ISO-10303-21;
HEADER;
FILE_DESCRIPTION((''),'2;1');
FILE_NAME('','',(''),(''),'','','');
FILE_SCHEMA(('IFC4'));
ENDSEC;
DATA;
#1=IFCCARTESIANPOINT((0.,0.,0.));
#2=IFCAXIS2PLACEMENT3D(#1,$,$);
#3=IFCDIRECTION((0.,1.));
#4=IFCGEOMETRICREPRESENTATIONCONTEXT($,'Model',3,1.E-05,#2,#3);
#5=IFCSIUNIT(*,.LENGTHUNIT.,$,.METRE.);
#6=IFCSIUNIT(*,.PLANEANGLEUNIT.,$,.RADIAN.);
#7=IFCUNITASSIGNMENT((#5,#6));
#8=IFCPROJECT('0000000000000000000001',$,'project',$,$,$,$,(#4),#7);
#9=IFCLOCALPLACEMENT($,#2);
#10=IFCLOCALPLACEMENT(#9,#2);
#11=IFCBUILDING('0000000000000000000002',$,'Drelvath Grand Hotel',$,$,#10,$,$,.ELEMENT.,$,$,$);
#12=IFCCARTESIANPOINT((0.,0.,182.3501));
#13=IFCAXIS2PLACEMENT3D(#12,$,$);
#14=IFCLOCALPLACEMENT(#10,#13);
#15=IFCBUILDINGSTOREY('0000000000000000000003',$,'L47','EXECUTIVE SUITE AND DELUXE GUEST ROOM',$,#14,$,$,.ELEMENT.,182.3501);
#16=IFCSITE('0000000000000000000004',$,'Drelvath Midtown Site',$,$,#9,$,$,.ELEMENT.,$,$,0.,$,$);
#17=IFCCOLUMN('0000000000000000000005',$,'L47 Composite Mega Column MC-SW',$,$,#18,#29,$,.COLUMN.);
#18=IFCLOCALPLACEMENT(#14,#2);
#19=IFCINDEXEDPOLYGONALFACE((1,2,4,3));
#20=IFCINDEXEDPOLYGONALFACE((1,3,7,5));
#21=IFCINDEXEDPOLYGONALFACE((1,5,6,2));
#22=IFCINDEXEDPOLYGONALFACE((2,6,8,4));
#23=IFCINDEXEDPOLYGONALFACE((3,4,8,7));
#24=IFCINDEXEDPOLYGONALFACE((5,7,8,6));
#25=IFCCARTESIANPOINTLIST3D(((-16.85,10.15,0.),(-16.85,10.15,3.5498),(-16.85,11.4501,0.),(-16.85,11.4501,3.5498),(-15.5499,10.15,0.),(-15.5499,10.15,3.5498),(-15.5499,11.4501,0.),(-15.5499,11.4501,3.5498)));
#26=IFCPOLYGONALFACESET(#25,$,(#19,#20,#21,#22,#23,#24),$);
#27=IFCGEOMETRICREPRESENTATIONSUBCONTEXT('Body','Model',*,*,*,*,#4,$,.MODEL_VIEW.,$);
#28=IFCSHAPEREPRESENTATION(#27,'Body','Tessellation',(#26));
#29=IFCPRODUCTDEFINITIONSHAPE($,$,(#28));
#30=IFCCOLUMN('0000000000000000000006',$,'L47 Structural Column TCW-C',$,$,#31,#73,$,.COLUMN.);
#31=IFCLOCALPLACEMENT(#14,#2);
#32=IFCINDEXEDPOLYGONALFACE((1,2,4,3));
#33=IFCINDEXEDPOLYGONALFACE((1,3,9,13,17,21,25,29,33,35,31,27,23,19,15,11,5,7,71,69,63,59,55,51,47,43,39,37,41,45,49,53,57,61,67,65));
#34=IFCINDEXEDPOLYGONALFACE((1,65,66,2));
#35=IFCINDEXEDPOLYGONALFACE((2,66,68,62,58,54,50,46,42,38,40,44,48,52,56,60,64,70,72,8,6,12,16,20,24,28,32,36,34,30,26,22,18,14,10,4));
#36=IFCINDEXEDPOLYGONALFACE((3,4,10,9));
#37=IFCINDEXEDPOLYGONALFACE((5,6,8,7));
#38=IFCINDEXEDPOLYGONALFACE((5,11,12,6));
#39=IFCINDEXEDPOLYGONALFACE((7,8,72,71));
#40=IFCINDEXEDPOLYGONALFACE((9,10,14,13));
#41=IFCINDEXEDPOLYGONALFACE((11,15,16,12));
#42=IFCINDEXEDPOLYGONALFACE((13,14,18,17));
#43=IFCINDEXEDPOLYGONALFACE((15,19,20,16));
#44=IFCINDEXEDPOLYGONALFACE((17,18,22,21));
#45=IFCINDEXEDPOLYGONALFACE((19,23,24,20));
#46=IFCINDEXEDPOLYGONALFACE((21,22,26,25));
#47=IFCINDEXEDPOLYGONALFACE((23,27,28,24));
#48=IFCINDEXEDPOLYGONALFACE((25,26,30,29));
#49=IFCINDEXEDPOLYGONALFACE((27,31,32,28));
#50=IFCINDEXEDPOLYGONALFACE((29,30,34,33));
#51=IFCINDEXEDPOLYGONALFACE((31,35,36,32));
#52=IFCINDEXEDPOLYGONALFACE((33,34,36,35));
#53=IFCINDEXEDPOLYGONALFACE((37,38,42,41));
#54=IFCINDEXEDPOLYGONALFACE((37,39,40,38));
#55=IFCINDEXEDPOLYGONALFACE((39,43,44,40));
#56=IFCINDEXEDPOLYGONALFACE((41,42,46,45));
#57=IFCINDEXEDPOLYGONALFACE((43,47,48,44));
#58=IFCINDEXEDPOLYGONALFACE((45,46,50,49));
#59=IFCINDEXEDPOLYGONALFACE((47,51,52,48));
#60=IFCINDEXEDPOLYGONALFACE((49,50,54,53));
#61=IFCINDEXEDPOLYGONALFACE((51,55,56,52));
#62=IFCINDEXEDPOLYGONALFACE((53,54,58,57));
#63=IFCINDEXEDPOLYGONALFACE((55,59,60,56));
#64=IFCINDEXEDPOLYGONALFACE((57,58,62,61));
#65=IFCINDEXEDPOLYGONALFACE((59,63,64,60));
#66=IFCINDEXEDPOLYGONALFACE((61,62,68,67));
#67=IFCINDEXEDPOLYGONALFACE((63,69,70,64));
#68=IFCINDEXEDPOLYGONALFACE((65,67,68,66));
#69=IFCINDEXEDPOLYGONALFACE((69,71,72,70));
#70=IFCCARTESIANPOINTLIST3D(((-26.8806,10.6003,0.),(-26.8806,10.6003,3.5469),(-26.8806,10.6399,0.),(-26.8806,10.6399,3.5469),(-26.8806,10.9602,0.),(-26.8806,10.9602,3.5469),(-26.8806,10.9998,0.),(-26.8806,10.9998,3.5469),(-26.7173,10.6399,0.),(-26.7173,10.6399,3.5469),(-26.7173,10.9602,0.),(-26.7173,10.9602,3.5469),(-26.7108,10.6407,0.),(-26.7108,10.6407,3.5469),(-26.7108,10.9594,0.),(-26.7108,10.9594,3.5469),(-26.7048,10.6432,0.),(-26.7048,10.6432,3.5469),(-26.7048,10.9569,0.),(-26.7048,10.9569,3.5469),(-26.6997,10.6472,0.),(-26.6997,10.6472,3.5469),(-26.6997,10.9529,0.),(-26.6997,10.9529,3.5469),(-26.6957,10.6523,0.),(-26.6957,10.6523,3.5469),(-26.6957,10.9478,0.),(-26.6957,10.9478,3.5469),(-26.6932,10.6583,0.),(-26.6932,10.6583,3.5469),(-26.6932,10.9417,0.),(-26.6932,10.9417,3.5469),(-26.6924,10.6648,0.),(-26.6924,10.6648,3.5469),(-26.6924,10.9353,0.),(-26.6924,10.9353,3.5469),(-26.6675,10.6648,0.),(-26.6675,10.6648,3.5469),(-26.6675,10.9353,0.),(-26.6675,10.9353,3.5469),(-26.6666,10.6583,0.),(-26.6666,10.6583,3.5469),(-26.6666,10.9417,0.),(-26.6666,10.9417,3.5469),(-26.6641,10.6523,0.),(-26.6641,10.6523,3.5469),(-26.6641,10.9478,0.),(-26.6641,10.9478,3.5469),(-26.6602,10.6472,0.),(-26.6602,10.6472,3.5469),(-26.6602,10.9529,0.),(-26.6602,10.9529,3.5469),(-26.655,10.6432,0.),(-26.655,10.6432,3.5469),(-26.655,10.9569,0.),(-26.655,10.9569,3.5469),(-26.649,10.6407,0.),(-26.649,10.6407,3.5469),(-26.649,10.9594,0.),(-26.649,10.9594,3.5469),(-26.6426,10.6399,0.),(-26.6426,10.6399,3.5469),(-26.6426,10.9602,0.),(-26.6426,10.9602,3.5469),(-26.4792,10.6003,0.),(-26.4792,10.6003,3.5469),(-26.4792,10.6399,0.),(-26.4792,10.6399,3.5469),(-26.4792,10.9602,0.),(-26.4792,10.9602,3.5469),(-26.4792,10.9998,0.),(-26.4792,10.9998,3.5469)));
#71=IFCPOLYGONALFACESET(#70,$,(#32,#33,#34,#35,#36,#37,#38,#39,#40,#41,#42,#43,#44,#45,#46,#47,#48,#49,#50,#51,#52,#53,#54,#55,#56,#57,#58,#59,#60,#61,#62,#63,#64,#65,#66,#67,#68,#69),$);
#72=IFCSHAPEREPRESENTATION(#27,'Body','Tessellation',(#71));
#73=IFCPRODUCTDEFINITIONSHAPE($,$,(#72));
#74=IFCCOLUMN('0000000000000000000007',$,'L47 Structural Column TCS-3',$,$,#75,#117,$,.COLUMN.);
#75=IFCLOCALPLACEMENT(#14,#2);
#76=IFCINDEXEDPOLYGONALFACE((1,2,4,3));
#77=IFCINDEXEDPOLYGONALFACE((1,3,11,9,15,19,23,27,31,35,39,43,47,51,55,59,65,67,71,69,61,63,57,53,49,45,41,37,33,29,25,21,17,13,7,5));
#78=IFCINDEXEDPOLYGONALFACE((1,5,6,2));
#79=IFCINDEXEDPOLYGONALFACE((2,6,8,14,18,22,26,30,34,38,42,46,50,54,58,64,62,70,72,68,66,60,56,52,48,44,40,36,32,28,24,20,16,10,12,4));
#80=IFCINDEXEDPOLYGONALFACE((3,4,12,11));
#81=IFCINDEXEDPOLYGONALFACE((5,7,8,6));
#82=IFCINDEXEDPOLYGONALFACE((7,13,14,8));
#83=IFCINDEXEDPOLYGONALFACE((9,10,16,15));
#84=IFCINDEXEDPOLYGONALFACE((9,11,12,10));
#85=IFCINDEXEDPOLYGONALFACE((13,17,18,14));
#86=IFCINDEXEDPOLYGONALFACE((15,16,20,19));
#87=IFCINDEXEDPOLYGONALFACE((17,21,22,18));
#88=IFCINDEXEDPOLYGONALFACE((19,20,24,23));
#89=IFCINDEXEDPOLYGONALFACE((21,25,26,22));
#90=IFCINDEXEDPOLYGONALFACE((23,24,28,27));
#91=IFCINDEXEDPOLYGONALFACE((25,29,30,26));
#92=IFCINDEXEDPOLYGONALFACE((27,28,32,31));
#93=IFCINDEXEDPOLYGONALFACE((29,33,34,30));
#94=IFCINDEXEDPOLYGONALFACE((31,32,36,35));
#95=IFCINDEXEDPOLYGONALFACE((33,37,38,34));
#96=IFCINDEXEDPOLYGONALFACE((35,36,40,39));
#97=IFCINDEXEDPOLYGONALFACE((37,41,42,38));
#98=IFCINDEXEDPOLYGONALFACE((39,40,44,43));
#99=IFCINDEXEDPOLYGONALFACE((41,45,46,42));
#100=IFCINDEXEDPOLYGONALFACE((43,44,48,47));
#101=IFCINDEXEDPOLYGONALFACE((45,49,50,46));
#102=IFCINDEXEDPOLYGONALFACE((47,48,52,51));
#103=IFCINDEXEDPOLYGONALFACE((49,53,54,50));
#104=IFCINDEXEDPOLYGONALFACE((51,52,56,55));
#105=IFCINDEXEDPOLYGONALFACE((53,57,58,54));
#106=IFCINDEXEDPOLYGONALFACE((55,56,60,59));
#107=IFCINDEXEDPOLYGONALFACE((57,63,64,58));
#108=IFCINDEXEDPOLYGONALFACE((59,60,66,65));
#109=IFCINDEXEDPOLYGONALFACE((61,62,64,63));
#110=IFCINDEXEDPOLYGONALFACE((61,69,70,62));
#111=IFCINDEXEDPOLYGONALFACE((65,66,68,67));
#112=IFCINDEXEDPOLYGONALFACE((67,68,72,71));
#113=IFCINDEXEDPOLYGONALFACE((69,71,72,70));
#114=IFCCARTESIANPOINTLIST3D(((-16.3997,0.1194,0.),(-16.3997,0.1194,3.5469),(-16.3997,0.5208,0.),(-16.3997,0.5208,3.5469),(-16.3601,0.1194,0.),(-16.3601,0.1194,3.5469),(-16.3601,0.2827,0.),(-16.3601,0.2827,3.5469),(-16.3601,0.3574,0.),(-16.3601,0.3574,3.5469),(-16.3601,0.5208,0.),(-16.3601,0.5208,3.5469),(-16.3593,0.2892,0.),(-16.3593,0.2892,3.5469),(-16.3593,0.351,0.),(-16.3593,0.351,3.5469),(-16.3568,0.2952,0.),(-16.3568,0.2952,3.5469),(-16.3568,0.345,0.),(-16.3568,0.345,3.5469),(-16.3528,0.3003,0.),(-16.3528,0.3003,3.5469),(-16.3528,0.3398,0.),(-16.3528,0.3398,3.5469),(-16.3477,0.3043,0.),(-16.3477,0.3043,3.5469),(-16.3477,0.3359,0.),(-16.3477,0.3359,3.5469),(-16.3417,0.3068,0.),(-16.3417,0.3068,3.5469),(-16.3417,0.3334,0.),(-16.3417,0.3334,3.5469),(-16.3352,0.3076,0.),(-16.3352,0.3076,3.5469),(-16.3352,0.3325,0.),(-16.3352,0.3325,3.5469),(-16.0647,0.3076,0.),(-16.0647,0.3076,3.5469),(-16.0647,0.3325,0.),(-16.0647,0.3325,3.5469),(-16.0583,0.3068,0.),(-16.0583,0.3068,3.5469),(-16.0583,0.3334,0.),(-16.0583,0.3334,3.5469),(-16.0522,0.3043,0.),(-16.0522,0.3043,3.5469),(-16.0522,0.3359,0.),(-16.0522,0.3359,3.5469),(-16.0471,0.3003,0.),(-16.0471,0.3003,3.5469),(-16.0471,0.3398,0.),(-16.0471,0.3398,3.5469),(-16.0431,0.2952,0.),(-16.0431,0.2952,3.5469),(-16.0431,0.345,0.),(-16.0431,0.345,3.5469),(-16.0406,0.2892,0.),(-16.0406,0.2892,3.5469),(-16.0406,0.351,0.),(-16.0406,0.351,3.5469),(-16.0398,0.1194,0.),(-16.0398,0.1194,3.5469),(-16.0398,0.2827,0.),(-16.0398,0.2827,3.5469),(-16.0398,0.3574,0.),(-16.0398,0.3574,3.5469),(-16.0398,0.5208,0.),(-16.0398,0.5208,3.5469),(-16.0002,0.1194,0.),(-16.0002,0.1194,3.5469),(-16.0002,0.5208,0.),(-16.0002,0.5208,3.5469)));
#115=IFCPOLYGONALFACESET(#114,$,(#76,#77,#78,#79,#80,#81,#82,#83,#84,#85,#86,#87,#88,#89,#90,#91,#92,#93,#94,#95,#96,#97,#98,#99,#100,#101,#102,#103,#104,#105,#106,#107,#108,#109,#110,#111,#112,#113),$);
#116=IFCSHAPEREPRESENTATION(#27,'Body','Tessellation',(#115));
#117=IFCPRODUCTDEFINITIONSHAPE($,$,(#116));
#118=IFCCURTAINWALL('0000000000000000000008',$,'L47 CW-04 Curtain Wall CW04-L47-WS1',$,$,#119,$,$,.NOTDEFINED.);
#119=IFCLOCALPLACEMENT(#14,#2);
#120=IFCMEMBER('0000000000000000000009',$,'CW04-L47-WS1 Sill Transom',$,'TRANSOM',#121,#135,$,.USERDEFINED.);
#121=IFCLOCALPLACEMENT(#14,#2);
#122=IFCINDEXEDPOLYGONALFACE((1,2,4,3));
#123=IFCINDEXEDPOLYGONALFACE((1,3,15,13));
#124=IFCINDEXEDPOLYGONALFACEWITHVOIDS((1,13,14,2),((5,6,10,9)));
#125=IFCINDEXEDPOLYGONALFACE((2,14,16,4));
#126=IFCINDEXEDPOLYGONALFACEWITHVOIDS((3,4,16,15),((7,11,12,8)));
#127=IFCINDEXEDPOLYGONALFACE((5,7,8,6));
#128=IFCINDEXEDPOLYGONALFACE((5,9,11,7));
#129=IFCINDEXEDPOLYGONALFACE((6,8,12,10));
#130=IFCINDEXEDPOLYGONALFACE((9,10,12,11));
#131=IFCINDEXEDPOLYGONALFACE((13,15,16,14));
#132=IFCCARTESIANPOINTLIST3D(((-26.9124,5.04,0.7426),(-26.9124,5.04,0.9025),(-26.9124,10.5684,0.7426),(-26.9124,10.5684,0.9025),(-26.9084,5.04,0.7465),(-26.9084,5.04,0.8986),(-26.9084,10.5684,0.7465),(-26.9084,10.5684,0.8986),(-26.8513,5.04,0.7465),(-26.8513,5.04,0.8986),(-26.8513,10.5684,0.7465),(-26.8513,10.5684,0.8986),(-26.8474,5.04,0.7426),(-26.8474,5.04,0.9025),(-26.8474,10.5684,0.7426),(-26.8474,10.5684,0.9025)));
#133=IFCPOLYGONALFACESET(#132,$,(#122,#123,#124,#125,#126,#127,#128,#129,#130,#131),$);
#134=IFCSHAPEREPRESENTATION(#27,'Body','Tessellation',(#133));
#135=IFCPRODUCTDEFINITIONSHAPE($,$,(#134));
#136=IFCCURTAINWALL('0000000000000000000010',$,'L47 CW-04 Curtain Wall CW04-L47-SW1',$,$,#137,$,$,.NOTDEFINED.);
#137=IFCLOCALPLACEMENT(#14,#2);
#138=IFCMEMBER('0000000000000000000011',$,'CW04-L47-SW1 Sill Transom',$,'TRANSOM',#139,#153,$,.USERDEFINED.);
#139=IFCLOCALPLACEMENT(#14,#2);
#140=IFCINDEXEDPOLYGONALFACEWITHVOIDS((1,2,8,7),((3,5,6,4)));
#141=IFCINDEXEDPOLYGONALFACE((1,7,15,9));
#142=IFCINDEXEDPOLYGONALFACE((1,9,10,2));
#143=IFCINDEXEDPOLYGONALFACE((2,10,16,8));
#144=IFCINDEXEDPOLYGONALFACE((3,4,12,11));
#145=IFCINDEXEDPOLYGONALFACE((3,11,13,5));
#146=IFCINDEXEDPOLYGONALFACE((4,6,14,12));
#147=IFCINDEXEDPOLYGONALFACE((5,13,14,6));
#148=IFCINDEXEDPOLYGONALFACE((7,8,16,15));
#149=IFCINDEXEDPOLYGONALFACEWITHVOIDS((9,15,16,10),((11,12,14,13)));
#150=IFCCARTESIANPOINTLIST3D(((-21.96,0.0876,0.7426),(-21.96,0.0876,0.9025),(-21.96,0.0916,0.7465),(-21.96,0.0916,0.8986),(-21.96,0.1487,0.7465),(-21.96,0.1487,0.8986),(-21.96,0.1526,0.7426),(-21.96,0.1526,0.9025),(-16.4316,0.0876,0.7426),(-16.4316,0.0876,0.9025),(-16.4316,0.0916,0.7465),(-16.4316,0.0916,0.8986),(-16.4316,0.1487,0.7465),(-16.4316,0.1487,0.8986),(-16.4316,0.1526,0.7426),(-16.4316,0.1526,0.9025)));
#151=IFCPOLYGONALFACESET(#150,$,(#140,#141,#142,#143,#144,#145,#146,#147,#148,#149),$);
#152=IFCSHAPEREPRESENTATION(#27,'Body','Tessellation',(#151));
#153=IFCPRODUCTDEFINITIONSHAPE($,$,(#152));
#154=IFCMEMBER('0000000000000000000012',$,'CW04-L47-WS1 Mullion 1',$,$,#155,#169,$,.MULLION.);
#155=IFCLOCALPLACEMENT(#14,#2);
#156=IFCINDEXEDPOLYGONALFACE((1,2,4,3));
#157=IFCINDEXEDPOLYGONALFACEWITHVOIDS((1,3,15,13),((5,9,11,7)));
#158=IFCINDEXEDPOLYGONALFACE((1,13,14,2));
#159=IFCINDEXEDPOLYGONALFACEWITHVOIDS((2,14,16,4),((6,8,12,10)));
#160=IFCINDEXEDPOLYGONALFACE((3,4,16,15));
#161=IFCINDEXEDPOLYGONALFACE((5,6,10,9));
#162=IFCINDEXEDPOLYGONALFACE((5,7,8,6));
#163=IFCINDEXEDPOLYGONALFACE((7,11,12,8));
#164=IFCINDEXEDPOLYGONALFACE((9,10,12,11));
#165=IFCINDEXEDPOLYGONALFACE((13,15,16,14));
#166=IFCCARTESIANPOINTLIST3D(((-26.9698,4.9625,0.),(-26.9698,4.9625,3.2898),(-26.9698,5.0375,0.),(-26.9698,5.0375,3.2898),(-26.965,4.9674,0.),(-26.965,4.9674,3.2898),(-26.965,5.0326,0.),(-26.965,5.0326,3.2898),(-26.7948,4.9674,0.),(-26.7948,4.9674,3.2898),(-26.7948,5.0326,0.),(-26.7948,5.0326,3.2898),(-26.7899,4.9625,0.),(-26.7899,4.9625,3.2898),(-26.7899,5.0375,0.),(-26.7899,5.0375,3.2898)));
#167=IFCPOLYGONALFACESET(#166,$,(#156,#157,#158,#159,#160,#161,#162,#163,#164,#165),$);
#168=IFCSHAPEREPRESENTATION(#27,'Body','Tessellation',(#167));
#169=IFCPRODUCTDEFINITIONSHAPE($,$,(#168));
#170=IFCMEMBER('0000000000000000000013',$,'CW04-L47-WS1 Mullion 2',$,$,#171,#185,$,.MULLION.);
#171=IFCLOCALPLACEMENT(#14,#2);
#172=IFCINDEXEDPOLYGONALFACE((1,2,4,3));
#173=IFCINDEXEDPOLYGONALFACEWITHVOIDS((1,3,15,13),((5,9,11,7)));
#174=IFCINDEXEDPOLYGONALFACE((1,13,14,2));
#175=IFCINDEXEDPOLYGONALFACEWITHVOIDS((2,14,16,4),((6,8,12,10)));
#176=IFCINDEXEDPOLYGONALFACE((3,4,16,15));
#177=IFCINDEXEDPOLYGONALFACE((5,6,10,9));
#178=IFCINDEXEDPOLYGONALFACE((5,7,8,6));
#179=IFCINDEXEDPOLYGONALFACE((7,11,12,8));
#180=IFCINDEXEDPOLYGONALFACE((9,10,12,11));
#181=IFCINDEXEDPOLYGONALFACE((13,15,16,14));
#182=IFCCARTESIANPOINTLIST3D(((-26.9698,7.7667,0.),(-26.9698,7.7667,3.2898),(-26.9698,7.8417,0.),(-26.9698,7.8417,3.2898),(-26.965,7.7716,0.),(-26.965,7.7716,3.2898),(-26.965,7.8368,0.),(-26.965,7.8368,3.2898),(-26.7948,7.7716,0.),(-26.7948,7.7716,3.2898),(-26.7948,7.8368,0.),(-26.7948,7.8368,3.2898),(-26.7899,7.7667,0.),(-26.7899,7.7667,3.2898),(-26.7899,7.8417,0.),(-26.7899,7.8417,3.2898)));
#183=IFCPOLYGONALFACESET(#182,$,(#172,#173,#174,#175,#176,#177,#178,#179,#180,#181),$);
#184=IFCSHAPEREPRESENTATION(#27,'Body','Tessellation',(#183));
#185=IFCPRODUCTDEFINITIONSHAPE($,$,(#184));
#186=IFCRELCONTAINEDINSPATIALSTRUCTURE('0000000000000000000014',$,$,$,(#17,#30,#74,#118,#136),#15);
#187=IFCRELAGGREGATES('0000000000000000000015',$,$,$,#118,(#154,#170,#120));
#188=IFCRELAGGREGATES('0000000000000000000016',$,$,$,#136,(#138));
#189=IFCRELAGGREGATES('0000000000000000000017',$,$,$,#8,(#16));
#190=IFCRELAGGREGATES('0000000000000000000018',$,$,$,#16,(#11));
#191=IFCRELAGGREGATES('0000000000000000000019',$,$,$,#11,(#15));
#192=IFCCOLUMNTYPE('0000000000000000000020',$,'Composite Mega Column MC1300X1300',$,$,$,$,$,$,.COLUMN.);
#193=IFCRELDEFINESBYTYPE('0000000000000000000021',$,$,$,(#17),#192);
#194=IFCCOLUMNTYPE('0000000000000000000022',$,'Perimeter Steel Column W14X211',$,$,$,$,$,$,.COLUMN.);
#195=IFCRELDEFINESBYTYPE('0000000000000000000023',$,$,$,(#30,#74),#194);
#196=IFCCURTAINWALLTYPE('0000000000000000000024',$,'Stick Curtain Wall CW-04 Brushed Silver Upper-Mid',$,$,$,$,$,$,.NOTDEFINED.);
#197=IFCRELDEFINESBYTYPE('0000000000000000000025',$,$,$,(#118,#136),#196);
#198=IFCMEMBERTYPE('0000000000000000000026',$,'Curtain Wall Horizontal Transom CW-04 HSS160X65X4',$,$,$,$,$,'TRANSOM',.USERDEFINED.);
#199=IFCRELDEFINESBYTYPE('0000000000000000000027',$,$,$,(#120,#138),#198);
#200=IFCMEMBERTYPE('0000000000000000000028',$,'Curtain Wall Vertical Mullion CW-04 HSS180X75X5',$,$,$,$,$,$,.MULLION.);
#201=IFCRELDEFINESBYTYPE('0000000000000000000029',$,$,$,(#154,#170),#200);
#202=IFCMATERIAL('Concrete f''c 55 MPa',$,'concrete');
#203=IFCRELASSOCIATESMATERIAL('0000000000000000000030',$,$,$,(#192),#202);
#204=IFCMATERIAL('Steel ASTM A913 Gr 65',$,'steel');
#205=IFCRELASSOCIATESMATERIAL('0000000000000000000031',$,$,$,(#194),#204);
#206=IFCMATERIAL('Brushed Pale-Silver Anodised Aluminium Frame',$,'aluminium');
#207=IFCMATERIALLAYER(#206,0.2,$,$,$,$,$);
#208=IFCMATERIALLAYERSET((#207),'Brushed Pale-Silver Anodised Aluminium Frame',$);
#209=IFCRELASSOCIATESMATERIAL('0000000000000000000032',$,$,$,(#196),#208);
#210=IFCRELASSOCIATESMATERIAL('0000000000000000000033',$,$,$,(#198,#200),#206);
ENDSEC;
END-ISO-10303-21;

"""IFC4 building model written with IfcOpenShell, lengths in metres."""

from ifc_helpers import new_model, si_unit, direction, frame, origin, origin_2d, place, context, subcontext, project, spatial, rectangle, hollow_rectangle, i_section, extrude, material, layer, layer_set, material_profile, profile_set, type_object, element, aggregate, save


model = new_model("IFC4")

# Units and contexts
model_context = context("Model", 3, precision=1e-05, world=origin(), true_north=direction((0.0, 1.0)))
body_context = subcontext(model_context, "Body", "Model", "MODEL_VIEW")
ifc_project = project(units=[si_unit("LENGTHUNIT", "METRE"), si_unit("PLANEANGLEUNIT", "RADIAN")], contexts=[model_context])

# Site, building, storey
site_placement = place(None, origin())
site = spatial("IfcSite", under=ifc_project, at=site_placement, Name="Drelvath Midtown Site", CompositionType="ELEMENT", RefElevation=0.0)
building_placement = place(site_placement, origin())
building = spatial("IfcBuilding", under=site, at=building_placement, Name="Drelvath Grand Hotel", CompositionType="ELEMENT")
storey_placement = place(building_placement, frame((0.0, 0.0, 182.3501)))
storey = spatial("IfcBuildingStorey", under=building, at=storey_placement, Name="L47", Description="EXECUTIVE SUITE AND DELUXE GUEST ROOM", CompositionType="ELEMENT", Elevation=182.3501)

# Columns
ifc_material_1 = material(Name="Concrete f'c 55 MPa", Category="concrete")
ifc_material_profile_1 = material_profile(ifc_material_1, rectangle(XDim=1.3, YDim=1.3, at=origin_2d()), Name="MC1300X1300")
ifc_profile_set_1 = profile_set([ifc_material_profile_1], Name="Concrete f'c 55 MPa")
column_type_1 = type_object("IfcColumnType", Name="Composite Mega Column MC1300X1300", PredefinedType="COLUMN", material=ifc_profile_set_1)
column_placement = place(storey_placement, frame((-16.2, 10.8, 0.0), z_axis=(0.0, 0.0, 1.0), x_axis=(1.0, 0.0, 0.0)))
element("IfcColumn", 1, at=column_placement, inside=storey, type_object=column_type_1, Name="L47 Composite Mega Column MC-SW", PredefinedType="COLUMN", context=body_context, shape_type="SweptSolid", body=[
    extrude(rectangle(XDim=1.3, YDim=1.3, at=origin_2d()), origin(), (0.0, 0.0, 1.0), 3.5498),
])
ifc_material_2 = material(Name="Steel ASTM A913 Gr 65", Category="steel")
ifc_material_profile_2 = material_profile(ifc_material_2, i_section(OverallWidth=0.4014, OverallDepth=0.3994, WebThickness=0.0249, FlangeThickness=0.0396, FilletRadius=0.0249, at=origin_2d()), Name="W14X211")
ifc_profile_set_2 = profile_set([ifc_material_profile_2], Name="Steel ASTM A913 Gr 65")
column_type_2 = type_object("IfcColumnType", Name="Perimeter Steel Column W14X211", PredefinedType="COLUMN", material=ifc_profile_set_2)
for number, where, z_axis, x_axis, name in (
    (2, (-26.6799, 10.8, 0.0), (0.0, 0.0, 1.0), (1.0, 0.0, 0.0), "L47 Structural Column TCW-C"),
    (3, (-16.2, 0.3201, 0.0), (0.0, 0.0, 1.0), (0.0, 1.0, 0.0), "L47 Structural Column TCS-3"),
):
    element("IfcColumn", number, at=place(storey_placement, frame(where, z_axis=z_axis, x_axis=x_axis)), inside=storey, type_object=column_type_2, Name=name, PredefinedType="COLUMN", context=body_context, shape_type="SweptSolid", body=[
        extrude(i_section(OverallWidth=0.4014, OverallDepth=0.3994, WebThickness=0.0249, FlangeThickness=0.0396, FilletRadius=0.0249, at=origin_2d()), origin(), (0.0, 0.0, 1.0), 3.5469),
    ])

# Curtain walls, members
ifc_material_3 = material(Name="Brushed Pale-Silver Anodised Aluminium Frame", Category="aluminium")
ifc_layer_1 = layer(ifc_material_3, 0.2)
ifc_layer_set_1 = layer_set([ifc_layer_1], Name="Brushed Pale-Silver Anodised Aluminium Frame")
curtain_wall_type = type_object("IfcCurtainWallType", Name="Stick Curtain Wall CW-04 Brushed Silver Upper-Mid", PredefinedType="NOTDEFINED", material=ifc_layer_set_1)
curtain_wall_1_placement = place(storey_placement, origin())
curtain_wall_1 = element("IfcCurtainWall", 4, at=curtain_wall_1_placement, inside=storey, type_object=curtain_wall_type, Name="L47 CW-04 Curtain Wall CW04-L47-WS1", PredefinedType="NOTDEFINED")
ifc_material_profile_3 = material_profile(ifc_material_3, hollow_rectangle(XDim=0.0649, YDim=0.1599, WallThickness=0.0039, at=origin_2d()), Name="HSS160X65X4")
ifc_profile_set_3 = profile_set([ifc_material_profile_3], Name="Brushed Pale-Silver Anodised Aluminium Frame")
member_type_1 = type_object("IfcMemberType", Name="Curtain Wall Horizontal Transom CW-04 HSS160X65X4", ElementType="TRANSOM", PredefinedType="USERDEFINED", material=ifc_profile_set_3)
member_1_placement = place(storey_placement, frame((-26.8799, 5.04, 0.8225), z_axis=(0.0, 1.0, 0.0), x_axis=(-1.0, 0.0, 0.0)))
member_1 = element("IfcMember", 5, at=member_1_placement, type_object=member_type_1, Name="CW04-L47-WS1 Sill Transom", ObjectType="TRANSOM", PredefinedType="USERDEFINED", context=body_context, shape_type="SweptSolid", body=[
    extrude(hollow_rectangle(XDim=0.0649, YDim=0.1599, WallThickness=0.0039, at=origin_2d()), origin(), (0.0, 0.0, 1.0), 5.5283),
])
curtain_wall_2_placement = place(storey_placement, origin())
curtain_wall_2 = element("IfcCurtainWall", 6, at=curtain_wall_2_placement, inside=storey, type_object=curtain_wall_type, Name="L47 CW-04 Curtain Wall CW04-L47-SW1", PredefinedType="NOTDEFINED")
member_2_placement = place(storey_placement, frame((-16.4316, 0.1201, 0.8225), z_axis=(-1.0, 0.0, 0.0), x_axis=(0.0, -1.0, 0.0)))
member_2 = element("IfcMember", 7, at=member_2_placement, type_object=member_type_1, Name="CW04-L47-SW1 Sill Transom", ObjectType="TRANSOM", PredefinedType="USERDEFINED", context=body_context, shape_type="SweptSolid", body=[
    extrude(hollow_rectangle(XDim=0.0649, YDim=0.1599, WallThickness=0.0039, at=origin_2d()), origin(), (0.0, 0.0, 1.0), 5.5283),
])

# Members
ifc_material_profile_4 = material_profile(ifc_material_3, hollow_rectangle(XDim=0.075, YDim=0.1799, WallThickness=0.0049, at=origin_2d()), Name="HSS180X75X5")
ifc_profile_set_4 = profile_set([ifc_material_profile_4], Name="Brushed Pale-Silver Anodised Aluminium Frame")
member_type_2 = type_object("IfcMemberType", Name="Curtain Wall Vertical Mullion CW-04 HSS180X75X5", PredefinedType="MULLION", material=ifc_profile_set_4)
member_3_placement = place(storey_placement, frame((-26.8799, 5.0, 0.0), z_axis=(0.0, 0.0, 1.0), x_axis=(0.0, 1.0, 0.0)))
member_3 = element("IfcMember", 8, at=member_3_placement, type_object=member_type_2, Name="CW04-L47-WS1 Mullion 1", PredefinedType="MULLION", context=body_context, shape_type="SweptSolid", body=[
    extrude(hollow_rectangle(XDim=0.075, YDim=0.1799, WallThickness=0.0049, at=origin_2d()), origin(), (0.0, 0.0, 1.0), 3.2898),
])
member_4_placement = place(storey_placement, frame((-26.8799, 7.8042, 0.0), z_axis=(0.0, 0.0, 1.0), x_axis=(0.0, 1.0, 0.0)))
member_4 = element("IfcMember", 9, at=member_4_placement, type_object=member_type_2, Name="CW04-L47-WS1 Mullion 2", PredefinedType="MULLION", context=body_context, shape_type="SweptSolid", body=[
    extrude(hollow_rectangle(XDim=0.075, YDim=0.1799, WallThickness=0.0049, at=origin_2d()), origin(), (0.0, 0.0, 1.0), 3.2898),
])

aggregate(curtain_wall_1, [member_3, member_4, member_1])
aggregate(curtain_wall_2, [member_2])

save(model, "model.ifc")
